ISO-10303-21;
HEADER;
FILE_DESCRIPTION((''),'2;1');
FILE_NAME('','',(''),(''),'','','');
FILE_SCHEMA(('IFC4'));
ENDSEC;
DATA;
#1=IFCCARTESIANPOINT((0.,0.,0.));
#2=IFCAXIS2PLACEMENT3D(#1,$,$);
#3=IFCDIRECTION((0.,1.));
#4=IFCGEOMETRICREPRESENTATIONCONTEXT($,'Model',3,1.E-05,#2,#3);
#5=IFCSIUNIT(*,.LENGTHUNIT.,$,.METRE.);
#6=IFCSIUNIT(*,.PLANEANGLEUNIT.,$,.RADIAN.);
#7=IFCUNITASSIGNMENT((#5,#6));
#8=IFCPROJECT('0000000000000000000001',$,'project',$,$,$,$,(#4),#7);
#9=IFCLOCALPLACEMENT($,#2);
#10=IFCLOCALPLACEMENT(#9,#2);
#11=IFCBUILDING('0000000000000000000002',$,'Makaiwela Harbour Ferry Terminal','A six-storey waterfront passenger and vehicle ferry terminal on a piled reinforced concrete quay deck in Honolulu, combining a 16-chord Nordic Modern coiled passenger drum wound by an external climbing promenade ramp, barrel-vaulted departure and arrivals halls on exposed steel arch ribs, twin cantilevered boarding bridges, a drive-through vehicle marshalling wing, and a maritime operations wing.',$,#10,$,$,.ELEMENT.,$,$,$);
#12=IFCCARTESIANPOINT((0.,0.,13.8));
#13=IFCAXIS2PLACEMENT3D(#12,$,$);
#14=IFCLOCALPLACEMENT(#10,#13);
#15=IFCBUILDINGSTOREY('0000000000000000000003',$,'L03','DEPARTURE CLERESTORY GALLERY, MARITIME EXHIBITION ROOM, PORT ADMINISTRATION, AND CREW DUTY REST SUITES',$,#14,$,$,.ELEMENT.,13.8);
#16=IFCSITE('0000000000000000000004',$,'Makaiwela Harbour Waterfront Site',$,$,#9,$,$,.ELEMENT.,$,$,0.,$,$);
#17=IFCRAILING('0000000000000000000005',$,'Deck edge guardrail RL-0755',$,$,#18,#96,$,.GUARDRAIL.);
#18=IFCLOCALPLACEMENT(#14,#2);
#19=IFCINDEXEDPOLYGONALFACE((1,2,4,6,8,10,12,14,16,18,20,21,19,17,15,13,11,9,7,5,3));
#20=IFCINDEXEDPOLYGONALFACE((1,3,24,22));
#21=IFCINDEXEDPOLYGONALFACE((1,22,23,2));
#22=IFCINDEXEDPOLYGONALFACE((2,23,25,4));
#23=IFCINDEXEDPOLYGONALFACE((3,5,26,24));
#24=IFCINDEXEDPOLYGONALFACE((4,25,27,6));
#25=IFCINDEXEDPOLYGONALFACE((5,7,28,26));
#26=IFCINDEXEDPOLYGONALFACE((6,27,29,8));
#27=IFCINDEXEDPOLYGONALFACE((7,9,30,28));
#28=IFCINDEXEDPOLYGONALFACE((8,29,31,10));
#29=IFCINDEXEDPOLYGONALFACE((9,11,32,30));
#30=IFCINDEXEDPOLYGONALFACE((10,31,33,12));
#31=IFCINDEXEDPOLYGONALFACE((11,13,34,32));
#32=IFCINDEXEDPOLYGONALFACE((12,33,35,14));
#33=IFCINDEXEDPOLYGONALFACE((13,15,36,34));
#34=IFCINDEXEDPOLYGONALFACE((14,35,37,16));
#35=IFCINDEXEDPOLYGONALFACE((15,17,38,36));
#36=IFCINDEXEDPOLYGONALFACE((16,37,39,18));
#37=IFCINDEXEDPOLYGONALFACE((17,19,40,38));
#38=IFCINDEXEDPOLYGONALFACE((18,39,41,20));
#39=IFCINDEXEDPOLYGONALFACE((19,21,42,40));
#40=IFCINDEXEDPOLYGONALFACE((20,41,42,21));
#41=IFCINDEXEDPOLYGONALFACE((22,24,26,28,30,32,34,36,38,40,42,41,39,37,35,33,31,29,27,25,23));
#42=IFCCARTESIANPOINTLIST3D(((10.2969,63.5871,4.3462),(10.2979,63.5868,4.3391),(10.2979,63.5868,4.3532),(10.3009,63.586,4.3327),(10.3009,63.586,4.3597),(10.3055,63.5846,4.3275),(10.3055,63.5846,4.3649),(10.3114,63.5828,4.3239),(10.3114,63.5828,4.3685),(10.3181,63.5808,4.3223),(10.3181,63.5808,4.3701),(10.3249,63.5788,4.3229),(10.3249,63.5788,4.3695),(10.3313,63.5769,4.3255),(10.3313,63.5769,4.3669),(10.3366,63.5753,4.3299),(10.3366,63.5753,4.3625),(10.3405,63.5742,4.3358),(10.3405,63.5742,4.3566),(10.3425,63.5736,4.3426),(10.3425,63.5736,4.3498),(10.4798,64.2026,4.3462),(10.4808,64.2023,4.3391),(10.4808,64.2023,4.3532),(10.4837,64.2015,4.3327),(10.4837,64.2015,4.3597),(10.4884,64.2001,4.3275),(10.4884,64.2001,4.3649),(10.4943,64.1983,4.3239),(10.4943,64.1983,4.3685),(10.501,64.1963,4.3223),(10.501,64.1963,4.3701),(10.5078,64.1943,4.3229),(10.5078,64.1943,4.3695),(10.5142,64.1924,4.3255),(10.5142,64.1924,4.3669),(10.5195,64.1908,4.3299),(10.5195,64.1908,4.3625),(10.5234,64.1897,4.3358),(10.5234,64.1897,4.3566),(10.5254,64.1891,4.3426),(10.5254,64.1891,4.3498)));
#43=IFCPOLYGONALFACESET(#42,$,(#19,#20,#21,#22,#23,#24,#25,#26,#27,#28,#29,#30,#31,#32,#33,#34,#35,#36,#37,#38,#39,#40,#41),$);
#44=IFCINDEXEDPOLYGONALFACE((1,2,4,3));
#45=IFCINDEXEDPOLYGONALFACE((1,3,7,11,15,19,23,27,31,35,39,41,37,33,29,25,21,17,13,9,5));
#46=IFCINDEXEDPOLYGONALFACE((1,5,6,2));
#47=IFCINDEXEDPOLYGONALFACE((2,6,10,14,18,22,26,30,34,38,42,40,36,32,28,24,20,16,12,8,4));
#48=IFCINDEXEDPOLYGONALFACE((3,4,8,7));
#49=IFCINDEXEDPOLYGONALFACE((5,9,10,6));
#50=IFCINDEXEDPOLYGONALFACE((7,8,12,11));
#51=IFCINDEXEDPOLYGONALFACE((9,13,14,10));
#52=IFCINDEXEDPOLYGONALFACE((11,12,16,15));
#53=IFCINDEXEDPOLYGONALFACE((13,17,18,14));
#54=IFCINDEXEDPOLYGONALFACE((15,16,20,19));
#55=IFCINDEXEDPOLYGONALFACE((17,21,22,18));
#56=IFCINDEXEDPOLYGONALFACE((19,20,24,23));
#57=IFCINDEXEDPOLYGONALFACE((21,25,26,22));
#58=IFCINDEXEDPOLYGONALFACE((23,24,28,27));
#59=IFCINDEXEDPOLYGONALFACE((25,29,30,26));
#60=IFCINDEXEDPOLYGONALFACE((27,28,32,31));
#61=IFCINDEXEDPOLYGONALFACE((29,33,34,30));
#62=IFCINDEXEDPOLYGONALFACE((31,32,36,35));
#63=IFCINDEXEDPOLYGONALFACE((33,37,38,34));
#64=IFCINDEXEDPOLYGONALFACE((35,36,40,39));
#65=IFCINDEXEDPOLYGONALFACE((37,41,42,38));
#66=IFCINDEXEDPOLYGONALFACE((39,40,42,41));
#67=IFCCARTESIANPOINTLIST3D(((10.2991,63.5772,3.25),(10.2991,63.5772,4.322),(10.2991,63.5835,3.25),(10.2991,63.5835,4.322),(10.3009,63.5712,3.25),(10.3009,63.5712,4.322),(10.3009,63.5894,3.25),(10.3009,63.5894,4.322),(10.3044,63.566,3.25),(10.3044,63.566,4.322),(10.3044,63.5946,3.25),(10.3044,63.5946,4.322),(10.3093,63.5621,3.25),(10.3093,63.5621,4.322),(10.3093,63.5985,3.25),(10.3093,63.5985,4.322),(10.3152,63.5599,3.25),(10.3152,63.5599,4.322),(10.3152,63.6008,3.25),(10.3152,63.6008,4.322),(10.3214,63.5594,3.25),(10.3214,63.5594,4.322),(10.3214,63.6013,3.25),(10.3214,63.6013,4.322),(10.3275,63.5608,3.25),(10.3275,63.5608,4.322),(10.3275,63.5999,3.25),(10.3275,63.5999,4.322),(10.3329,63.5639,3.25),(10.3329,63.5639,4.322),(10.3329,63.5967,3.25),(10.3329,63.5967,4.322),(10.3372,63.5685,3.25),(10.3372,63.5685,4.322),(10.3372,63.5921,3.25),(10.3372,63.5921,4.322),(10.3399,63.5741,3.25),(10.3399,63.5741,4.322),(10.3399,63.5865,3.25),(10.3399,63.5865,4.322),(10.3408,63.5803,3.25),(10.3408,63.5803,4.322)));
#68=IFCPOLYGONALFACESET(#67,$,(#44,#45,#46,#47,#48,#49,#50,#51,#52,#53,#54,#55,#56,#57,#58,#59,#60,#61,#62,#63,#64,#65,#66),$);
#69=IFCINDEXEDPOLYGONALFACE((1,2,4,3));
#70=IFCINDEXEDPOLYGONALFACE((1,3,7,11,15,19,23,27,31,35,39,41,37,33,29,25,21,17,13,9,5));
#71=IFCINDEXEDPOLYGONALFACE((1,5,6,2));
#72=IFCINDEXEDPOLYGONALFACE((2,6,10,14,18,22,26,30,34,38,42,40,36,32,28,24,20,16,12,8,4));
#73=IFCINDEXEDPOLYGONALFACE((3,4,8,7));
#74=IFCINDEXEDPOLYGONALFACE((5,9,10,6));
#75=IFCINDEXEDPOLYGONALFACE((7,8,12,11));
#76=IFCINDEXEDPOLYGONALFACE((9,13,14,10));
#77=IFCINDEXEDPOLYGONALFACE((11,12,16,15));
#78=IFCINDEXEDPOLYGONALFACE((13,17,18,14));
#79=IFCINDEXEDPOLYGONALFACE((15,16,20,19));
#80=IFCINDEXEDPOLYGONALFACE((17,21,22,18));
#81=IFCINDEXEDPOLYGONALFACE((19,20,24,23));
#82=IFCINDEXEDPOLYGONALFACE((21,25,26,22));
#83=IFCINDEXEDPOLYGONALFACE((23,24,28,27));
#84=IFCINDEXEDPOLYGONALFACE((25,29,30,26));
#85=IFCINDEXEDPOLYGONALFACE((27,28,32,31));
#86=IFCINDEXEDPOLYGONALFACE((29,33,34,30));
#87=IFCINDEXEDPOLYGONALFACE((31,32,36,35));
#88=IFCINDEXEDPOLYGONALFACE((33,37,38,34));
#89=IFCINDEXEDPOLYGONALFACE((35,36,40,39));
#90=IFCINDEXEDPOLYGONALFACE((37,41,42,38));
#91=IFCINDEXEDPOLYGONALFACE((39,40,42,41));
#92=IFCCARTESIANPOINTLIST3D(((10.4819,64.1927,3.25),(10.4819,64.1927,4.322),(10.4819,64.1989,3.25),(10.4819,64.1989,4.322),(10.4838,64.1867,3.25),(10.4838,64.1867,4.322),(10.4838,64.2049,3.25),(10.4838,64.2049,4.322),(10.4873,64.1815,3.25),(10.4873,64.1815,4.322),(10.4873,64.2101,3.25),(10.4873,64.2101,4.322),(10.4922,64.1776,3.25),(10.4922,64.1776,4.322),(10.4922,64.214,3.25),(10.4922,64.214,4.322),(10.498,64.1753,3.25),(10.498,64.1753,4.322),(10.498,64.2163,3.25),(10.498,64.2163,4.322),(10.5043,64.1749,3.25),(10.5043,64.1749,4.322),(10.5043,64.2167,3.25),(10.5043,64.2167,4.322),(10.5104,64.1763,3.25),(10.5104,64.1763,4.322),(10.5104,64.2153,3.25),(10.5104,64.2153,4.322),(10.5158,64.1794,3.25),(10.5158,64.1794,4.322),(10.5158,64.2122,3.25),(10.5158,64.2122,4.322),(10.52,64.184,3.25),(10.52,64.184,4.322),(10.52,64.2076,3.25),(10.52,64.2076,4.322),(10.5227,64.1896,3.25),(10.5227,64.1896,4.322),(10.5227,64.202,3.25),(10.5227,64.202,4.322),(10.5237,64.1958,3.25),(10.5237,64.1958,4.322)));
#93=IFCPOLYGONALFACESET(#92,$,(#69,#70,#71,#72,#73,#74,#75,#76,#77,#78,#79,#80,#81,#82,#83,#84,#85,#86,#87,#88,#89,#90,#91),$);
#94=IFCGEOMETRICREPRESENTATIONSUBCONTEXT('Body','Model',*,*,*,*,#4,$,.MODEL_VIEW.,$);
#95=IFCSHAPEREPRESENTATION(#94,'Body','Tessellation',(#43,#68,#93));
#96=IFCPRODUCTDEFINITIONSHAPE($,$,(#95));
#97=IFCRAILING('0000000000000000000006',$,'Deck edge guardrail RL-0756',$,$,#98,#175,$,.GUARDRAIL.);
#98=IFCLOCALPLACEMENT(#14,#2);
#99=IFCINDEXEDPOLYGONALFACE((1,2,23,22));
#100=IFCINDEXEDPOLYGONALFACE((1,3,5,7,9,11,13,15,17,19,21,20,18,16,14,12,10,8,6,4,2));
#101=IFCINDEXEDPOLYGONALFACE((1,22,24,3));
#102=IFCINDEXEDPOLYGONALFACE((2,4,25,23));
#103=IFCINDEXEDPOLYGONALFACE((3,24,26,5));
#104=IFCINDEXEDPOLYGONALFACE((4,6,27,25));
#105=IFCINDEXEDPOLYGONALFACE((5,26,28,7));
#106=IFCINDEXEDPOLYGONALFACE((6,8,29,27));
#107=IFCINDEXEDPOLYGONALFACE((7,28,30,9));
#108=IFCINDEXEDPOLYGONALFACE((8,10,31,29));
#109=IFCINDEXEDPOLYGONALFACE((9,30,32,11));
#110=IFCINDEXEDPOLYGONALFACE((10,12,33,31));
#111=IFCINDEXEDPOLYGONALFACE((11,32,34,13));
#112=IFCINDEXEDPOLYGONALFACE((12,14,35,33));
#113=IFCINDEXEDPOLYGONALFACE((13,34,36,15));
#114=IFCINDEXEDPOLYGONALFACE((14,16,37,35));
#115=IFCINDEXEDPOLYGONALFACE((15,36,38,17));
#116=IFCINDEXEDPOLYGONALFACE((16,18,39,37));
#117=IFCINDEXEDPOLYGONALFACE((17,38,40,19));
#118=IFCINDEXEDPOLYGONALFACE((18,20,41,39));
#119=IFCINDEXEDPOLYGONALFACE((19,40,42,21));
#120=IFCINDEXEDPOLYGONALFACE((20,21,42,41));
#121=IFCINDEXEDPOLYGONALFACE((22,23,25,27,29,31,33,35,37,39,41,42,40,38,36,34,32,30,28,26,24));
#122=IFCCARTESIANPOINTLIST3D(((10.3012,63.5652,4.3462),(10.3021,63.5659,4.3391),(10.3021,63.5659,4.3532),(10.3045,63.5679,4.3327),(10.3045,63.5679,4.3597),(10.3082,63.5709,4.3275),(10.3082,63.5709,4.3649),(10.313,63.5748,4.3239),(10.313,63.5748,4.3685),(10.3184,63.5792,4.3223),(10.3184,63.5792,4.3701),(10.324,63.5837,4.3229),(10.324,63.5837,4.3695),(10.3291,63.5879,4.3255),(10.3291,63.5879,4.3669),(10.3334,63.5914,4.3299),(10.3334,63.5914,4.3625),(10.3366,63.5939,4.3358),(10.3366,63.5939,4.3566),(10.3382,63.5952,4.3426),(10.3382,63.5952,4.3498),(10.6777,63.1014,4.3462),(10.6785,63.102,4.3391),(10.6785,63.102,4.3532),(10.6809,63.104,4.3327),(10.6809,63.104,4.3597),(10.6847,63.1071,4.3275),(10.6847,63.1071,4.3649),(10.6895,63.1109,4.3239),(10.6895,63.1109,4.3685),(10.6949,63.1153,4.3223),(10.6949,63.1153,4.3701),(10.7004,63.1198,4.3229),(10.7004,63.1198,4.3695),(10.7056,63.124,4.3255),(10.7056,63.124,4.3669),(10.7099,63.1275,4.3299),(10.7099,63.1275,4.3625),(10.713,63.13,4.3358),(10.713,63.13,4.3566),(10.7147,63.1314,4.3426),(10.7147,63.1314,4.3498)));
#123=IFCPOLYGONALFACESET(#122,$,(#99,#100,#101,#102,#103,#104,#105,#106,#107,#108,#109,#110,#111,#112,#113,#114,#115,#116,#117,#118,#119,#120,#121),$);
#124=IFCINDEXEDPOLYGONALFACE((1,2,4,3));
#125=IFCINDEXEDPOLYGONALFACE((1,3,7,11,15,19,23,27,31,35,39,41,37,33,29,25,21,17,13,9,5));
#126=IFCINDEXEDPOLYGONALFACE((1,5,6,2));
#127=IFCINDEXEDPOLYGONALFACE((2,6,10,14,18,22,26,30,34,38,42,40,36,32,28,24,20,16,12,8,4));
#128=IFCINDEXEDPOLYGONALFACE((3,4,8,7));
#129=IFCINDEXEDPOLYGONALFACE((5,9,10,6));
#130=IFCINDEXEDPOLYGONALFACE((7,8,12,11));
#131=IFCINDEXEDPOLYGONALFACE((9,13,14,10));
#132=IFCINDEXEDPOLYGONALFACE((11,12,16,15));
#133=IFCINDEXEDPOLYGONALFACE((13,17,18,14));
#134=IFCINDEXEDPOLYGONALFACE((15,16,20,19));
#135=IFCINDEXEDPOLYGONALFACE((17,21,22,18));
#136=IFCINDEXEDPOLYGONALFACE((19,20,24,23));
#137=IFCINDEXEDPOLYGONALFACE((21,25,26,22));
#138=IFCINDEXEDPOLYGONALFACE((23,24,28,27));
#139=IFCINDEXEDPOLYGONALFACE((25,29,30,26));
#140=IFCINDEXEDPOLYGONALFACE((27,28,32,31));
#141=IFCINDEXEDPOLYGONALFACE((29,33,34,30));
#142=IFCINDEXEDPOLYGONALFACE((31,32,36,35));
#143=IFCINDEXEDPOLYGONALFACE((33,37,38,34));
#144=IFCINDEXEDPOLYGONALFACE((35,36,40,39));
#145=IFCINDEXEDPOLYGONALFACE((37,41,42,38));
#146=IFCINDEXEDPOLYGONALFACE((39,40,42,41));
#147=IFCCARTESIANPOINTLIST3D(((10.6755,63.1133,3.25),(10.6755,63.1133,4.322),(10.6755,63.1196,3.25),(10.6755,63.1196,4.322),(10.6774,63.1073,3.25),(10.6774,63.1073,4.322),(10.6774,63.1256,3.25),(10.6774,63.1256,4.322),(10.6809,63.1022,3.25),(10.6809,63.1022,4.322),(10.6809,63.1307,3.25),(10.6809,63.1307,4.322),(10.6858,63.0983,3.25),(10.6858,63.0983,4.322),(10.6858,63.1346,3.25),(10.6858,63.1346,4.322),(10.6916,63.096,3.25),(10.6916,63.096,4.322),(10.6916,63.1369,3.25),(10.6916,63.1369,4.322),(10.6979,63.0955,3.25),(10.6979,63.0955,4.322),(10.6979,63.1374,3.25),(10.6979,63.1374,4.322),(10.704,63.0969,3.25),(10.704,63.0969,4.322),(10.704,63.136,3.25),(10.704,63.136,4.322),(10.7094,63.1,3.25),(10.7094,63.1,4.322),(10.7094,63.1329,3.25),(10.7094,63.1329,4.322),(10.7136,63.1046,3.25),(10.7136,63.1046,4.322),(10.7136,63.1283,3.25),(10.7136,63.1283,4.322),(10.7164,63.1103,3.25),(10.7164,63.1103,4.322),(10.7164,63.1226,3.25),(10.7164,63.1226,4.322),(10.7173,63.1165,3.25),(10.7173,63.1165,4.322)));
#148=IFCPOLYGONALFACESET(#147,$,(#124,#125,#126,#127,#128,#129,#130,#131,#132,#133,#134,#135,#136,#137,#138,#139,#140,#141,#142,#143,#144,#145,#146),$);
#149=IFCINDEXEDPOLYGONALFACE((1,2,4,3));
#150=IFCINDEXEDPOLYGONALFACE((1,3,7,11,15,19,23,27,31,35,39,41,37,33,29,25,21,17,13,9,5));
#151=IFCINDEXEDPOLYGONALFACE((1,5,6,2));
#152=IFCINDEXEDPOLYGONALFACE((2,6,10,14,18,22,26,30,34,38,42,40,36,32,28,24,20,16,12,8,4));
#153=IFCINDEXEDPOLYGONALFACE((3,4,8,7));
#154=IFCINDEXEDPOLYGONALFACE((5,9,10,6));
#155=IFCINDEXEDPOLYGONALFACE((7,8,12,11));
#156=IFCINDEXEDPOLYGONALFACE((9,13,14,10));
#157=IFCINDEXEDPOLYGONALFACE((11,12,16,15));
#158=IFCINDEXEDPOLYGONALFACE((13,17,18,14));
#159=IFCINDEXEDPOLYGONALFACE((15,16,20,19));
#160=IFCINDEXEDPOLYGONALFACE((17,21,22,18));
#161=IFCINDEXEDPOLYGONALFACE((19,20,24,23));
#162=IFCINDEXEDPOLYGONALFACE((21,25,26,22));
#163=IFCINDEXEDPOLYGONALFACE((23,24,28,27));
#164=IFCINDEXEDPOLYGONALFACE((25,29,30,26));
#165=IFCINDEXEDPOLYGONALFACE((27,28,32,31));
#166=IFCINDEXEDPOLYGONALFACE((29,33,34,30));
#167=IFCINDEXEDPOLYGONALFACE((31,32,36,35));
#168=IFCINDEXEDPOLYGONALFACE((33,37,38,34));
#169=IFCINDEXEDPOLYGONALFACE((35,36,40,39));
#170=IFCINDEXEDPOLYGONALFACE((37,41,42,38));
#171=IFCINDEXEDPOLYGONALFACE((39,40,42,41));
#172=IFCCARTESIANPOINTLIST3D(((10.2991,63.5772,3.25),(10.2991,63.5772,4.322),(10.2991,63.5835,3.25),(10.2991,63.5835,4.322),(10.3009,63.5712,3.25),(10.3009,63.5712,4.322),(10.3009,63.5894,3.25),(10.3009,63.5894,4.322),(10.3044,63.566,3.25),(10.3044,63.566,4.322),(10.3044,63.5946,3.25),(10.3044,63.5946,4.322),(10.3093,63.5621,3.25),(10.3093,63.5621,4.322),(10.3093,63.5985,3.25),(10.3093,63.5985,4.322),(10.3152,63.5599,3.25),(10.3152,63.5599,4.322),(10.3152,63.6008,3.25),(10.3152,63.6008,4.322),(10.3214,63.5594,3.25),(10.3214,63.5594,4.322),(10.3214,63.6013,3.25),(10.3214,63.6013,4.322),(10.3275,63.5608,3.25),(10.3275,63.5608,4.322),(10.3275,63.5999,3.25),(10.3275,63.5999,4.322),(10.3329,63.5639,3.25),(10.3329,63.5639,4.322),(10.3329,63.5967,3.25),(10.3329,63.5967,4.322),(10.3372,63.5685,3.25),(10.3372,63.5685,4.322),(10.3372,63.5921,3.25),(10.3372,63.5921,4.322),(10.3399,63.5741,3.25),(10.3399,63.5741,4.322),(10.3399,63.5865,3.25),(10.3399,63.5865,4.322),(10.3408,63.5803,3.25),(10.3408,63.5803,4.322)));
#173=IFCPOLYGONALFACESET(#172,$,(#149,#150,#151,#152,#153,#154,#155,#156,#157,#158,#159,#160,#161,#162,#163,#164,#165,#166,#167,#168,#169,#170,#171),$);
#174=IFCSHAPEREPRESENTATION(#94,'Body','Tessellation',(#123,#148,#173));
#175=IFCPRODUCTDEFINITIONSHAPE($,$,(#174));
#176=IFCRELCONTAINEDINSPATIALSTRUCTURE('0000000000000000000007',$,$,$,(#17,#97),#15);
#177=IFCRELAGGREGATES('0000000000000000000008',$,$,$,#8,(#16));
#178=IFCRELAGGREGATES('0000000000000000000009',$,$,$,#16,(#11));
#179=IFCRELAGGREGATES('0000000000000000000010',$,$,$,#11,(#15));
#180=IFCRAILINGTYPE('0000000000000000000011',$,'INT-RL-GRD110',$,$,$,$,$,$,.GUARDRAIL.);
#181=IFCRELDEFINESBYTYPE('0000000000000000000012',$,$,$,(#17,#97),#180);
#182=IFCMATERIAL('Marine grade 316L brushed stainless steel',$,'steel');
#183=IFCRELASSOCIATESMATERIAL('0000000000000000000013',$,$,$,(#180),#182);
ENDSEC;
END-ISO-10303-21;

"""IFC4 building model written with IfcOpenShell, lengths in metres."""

from ifc_helpers import new_model, si_unit, direction, frame, origin, origin_2d, place, context, subcontext, project, spatial, circle, extrude, material, type_object, element, save


model = new_model("IFC4")

# Units and contexts
model_context = context("Model", 3, precision=1e-05, world=origin(), true_north=direction((0.0, 1.0)))
body_context = subcontext(model_context, "Body", "Model", "MODEL_VIEW")
ifc_project = project(units=[si_unit("LENGTHUNIT", "METRE"), si_unit("PLANEANGLEUNIT", "RADIAN")], contexts=[model_context])

# Site, building, storey
site_placement = place(None, origin())
site = spatial("IfcSite", under=ifc_project, at=site_placement, Name="Makaiwela Harbour Waterfront Site", CompositionType="ELEMENT", RefElevation=0.0)
building_placement = place(site_placement, origin())
building = spatial("IfcBuilding", under=site, at=building_placement, Name="Makaiwela Harbour Ferry Terminal", Description="A six-storey waterfront passenger and vehicle ferry terminal on a piled reinforced concrete quay deck in Honolulu, combining a 16-chord Nordic Modern coiled passenger drum wound by an external climbing promenade ramp, barrel-vaulted departure and arrivals halls on exposed steel arch ribs, twin cantilevered boarding bridges, a drive-through vehicle marshalling wing, and a maritime operations wing.", CompositionType="ELEMENT")
storey_placement = place(building_placement, frame((0.0, 0.0, 13.8)))
storey = spatial("IfcBuildingStorey", under=building, at=storey_placement, Name="L03", Description="DEPARTURE CLERESTORY GALLERY, MARITIME EXHIBITION ROOM, PORT ADMINISTRATION, AND CREW DUTY REST SUITES", CompositionType="ELEMENT", Elevation=13.8)

# Railings
ifc_material_1 = material(Name="Marine grade 316L brushed stainless steel", Category="steel")
railing_type_1 = type_object("IfcRailingType", Name="INT-RL-GRD110", PredefinedType="GUARDRAIL", material=ifc_material_1)
railing_1_placement = place(storey_placement, frame((10.3198, 63.5803, 3.25)))
element("IfcRailing", 1, at=railing_1_placement, inside=storey, type_object=railing_type_1, Name="Deck edge guardrail RL-0755", PredefinedType="GUARDRAIL", context=body_context, shape_type="SweptSolid", body=[
    extrude(circle(Radius=0.0239, at=origin_2d()), frame((0.0, 0.0, 1.0962), z_axis=(0.2848, 0.958587, 0.0), x_axis=(-0.958587, 0.2848, 0.0)), (0.0, 0.0, 1.0), 0.6421),
    extrude(circle(Radius=0.021, at=origin_2d()), origin(), (0.0, 0.0, 1.0), 1.072),
    extrude(circle(Radius=0.021, at=origin_2d()), frame((0.1829, 0.6155, 0.0)), (0.0, 0.0, 1.0), 1.072),
])
railing_2_placement = place(storey_placement, frame((10.6963, 63.1165, 3.25)))
element("IfcRailing", 2, at=railing_2_placement, inside=storey, type_object=railing_type_1, Name="Deck edge guardrail RL-0756", PredefinedType="GUARDRAIL", context=body_context, shape_type="SweptSolid", body=[
    extrude(circle(Radius=0.0239, at=origin_2d()), frame((0.0, 0.0, 1.0962), z_axis=(-0.630162, 0.776464, 0.0), x_axis=(-0.776464, -0.630162, 0.0)), (0.0, 0.0, 1.0), 0.5974),
    extrude(circle(Radius=0.021, at=origin_2d()), origin(), (0.0, 0.0, 1.0), 1.072),
    extrude(circle(Radius=0.021, at=origin_2d()), frame((-0.3765, 0.4639, 0.0)), (0.0, 0.0, 1.0), 1.072),
])

save(model, "model.ifc")
